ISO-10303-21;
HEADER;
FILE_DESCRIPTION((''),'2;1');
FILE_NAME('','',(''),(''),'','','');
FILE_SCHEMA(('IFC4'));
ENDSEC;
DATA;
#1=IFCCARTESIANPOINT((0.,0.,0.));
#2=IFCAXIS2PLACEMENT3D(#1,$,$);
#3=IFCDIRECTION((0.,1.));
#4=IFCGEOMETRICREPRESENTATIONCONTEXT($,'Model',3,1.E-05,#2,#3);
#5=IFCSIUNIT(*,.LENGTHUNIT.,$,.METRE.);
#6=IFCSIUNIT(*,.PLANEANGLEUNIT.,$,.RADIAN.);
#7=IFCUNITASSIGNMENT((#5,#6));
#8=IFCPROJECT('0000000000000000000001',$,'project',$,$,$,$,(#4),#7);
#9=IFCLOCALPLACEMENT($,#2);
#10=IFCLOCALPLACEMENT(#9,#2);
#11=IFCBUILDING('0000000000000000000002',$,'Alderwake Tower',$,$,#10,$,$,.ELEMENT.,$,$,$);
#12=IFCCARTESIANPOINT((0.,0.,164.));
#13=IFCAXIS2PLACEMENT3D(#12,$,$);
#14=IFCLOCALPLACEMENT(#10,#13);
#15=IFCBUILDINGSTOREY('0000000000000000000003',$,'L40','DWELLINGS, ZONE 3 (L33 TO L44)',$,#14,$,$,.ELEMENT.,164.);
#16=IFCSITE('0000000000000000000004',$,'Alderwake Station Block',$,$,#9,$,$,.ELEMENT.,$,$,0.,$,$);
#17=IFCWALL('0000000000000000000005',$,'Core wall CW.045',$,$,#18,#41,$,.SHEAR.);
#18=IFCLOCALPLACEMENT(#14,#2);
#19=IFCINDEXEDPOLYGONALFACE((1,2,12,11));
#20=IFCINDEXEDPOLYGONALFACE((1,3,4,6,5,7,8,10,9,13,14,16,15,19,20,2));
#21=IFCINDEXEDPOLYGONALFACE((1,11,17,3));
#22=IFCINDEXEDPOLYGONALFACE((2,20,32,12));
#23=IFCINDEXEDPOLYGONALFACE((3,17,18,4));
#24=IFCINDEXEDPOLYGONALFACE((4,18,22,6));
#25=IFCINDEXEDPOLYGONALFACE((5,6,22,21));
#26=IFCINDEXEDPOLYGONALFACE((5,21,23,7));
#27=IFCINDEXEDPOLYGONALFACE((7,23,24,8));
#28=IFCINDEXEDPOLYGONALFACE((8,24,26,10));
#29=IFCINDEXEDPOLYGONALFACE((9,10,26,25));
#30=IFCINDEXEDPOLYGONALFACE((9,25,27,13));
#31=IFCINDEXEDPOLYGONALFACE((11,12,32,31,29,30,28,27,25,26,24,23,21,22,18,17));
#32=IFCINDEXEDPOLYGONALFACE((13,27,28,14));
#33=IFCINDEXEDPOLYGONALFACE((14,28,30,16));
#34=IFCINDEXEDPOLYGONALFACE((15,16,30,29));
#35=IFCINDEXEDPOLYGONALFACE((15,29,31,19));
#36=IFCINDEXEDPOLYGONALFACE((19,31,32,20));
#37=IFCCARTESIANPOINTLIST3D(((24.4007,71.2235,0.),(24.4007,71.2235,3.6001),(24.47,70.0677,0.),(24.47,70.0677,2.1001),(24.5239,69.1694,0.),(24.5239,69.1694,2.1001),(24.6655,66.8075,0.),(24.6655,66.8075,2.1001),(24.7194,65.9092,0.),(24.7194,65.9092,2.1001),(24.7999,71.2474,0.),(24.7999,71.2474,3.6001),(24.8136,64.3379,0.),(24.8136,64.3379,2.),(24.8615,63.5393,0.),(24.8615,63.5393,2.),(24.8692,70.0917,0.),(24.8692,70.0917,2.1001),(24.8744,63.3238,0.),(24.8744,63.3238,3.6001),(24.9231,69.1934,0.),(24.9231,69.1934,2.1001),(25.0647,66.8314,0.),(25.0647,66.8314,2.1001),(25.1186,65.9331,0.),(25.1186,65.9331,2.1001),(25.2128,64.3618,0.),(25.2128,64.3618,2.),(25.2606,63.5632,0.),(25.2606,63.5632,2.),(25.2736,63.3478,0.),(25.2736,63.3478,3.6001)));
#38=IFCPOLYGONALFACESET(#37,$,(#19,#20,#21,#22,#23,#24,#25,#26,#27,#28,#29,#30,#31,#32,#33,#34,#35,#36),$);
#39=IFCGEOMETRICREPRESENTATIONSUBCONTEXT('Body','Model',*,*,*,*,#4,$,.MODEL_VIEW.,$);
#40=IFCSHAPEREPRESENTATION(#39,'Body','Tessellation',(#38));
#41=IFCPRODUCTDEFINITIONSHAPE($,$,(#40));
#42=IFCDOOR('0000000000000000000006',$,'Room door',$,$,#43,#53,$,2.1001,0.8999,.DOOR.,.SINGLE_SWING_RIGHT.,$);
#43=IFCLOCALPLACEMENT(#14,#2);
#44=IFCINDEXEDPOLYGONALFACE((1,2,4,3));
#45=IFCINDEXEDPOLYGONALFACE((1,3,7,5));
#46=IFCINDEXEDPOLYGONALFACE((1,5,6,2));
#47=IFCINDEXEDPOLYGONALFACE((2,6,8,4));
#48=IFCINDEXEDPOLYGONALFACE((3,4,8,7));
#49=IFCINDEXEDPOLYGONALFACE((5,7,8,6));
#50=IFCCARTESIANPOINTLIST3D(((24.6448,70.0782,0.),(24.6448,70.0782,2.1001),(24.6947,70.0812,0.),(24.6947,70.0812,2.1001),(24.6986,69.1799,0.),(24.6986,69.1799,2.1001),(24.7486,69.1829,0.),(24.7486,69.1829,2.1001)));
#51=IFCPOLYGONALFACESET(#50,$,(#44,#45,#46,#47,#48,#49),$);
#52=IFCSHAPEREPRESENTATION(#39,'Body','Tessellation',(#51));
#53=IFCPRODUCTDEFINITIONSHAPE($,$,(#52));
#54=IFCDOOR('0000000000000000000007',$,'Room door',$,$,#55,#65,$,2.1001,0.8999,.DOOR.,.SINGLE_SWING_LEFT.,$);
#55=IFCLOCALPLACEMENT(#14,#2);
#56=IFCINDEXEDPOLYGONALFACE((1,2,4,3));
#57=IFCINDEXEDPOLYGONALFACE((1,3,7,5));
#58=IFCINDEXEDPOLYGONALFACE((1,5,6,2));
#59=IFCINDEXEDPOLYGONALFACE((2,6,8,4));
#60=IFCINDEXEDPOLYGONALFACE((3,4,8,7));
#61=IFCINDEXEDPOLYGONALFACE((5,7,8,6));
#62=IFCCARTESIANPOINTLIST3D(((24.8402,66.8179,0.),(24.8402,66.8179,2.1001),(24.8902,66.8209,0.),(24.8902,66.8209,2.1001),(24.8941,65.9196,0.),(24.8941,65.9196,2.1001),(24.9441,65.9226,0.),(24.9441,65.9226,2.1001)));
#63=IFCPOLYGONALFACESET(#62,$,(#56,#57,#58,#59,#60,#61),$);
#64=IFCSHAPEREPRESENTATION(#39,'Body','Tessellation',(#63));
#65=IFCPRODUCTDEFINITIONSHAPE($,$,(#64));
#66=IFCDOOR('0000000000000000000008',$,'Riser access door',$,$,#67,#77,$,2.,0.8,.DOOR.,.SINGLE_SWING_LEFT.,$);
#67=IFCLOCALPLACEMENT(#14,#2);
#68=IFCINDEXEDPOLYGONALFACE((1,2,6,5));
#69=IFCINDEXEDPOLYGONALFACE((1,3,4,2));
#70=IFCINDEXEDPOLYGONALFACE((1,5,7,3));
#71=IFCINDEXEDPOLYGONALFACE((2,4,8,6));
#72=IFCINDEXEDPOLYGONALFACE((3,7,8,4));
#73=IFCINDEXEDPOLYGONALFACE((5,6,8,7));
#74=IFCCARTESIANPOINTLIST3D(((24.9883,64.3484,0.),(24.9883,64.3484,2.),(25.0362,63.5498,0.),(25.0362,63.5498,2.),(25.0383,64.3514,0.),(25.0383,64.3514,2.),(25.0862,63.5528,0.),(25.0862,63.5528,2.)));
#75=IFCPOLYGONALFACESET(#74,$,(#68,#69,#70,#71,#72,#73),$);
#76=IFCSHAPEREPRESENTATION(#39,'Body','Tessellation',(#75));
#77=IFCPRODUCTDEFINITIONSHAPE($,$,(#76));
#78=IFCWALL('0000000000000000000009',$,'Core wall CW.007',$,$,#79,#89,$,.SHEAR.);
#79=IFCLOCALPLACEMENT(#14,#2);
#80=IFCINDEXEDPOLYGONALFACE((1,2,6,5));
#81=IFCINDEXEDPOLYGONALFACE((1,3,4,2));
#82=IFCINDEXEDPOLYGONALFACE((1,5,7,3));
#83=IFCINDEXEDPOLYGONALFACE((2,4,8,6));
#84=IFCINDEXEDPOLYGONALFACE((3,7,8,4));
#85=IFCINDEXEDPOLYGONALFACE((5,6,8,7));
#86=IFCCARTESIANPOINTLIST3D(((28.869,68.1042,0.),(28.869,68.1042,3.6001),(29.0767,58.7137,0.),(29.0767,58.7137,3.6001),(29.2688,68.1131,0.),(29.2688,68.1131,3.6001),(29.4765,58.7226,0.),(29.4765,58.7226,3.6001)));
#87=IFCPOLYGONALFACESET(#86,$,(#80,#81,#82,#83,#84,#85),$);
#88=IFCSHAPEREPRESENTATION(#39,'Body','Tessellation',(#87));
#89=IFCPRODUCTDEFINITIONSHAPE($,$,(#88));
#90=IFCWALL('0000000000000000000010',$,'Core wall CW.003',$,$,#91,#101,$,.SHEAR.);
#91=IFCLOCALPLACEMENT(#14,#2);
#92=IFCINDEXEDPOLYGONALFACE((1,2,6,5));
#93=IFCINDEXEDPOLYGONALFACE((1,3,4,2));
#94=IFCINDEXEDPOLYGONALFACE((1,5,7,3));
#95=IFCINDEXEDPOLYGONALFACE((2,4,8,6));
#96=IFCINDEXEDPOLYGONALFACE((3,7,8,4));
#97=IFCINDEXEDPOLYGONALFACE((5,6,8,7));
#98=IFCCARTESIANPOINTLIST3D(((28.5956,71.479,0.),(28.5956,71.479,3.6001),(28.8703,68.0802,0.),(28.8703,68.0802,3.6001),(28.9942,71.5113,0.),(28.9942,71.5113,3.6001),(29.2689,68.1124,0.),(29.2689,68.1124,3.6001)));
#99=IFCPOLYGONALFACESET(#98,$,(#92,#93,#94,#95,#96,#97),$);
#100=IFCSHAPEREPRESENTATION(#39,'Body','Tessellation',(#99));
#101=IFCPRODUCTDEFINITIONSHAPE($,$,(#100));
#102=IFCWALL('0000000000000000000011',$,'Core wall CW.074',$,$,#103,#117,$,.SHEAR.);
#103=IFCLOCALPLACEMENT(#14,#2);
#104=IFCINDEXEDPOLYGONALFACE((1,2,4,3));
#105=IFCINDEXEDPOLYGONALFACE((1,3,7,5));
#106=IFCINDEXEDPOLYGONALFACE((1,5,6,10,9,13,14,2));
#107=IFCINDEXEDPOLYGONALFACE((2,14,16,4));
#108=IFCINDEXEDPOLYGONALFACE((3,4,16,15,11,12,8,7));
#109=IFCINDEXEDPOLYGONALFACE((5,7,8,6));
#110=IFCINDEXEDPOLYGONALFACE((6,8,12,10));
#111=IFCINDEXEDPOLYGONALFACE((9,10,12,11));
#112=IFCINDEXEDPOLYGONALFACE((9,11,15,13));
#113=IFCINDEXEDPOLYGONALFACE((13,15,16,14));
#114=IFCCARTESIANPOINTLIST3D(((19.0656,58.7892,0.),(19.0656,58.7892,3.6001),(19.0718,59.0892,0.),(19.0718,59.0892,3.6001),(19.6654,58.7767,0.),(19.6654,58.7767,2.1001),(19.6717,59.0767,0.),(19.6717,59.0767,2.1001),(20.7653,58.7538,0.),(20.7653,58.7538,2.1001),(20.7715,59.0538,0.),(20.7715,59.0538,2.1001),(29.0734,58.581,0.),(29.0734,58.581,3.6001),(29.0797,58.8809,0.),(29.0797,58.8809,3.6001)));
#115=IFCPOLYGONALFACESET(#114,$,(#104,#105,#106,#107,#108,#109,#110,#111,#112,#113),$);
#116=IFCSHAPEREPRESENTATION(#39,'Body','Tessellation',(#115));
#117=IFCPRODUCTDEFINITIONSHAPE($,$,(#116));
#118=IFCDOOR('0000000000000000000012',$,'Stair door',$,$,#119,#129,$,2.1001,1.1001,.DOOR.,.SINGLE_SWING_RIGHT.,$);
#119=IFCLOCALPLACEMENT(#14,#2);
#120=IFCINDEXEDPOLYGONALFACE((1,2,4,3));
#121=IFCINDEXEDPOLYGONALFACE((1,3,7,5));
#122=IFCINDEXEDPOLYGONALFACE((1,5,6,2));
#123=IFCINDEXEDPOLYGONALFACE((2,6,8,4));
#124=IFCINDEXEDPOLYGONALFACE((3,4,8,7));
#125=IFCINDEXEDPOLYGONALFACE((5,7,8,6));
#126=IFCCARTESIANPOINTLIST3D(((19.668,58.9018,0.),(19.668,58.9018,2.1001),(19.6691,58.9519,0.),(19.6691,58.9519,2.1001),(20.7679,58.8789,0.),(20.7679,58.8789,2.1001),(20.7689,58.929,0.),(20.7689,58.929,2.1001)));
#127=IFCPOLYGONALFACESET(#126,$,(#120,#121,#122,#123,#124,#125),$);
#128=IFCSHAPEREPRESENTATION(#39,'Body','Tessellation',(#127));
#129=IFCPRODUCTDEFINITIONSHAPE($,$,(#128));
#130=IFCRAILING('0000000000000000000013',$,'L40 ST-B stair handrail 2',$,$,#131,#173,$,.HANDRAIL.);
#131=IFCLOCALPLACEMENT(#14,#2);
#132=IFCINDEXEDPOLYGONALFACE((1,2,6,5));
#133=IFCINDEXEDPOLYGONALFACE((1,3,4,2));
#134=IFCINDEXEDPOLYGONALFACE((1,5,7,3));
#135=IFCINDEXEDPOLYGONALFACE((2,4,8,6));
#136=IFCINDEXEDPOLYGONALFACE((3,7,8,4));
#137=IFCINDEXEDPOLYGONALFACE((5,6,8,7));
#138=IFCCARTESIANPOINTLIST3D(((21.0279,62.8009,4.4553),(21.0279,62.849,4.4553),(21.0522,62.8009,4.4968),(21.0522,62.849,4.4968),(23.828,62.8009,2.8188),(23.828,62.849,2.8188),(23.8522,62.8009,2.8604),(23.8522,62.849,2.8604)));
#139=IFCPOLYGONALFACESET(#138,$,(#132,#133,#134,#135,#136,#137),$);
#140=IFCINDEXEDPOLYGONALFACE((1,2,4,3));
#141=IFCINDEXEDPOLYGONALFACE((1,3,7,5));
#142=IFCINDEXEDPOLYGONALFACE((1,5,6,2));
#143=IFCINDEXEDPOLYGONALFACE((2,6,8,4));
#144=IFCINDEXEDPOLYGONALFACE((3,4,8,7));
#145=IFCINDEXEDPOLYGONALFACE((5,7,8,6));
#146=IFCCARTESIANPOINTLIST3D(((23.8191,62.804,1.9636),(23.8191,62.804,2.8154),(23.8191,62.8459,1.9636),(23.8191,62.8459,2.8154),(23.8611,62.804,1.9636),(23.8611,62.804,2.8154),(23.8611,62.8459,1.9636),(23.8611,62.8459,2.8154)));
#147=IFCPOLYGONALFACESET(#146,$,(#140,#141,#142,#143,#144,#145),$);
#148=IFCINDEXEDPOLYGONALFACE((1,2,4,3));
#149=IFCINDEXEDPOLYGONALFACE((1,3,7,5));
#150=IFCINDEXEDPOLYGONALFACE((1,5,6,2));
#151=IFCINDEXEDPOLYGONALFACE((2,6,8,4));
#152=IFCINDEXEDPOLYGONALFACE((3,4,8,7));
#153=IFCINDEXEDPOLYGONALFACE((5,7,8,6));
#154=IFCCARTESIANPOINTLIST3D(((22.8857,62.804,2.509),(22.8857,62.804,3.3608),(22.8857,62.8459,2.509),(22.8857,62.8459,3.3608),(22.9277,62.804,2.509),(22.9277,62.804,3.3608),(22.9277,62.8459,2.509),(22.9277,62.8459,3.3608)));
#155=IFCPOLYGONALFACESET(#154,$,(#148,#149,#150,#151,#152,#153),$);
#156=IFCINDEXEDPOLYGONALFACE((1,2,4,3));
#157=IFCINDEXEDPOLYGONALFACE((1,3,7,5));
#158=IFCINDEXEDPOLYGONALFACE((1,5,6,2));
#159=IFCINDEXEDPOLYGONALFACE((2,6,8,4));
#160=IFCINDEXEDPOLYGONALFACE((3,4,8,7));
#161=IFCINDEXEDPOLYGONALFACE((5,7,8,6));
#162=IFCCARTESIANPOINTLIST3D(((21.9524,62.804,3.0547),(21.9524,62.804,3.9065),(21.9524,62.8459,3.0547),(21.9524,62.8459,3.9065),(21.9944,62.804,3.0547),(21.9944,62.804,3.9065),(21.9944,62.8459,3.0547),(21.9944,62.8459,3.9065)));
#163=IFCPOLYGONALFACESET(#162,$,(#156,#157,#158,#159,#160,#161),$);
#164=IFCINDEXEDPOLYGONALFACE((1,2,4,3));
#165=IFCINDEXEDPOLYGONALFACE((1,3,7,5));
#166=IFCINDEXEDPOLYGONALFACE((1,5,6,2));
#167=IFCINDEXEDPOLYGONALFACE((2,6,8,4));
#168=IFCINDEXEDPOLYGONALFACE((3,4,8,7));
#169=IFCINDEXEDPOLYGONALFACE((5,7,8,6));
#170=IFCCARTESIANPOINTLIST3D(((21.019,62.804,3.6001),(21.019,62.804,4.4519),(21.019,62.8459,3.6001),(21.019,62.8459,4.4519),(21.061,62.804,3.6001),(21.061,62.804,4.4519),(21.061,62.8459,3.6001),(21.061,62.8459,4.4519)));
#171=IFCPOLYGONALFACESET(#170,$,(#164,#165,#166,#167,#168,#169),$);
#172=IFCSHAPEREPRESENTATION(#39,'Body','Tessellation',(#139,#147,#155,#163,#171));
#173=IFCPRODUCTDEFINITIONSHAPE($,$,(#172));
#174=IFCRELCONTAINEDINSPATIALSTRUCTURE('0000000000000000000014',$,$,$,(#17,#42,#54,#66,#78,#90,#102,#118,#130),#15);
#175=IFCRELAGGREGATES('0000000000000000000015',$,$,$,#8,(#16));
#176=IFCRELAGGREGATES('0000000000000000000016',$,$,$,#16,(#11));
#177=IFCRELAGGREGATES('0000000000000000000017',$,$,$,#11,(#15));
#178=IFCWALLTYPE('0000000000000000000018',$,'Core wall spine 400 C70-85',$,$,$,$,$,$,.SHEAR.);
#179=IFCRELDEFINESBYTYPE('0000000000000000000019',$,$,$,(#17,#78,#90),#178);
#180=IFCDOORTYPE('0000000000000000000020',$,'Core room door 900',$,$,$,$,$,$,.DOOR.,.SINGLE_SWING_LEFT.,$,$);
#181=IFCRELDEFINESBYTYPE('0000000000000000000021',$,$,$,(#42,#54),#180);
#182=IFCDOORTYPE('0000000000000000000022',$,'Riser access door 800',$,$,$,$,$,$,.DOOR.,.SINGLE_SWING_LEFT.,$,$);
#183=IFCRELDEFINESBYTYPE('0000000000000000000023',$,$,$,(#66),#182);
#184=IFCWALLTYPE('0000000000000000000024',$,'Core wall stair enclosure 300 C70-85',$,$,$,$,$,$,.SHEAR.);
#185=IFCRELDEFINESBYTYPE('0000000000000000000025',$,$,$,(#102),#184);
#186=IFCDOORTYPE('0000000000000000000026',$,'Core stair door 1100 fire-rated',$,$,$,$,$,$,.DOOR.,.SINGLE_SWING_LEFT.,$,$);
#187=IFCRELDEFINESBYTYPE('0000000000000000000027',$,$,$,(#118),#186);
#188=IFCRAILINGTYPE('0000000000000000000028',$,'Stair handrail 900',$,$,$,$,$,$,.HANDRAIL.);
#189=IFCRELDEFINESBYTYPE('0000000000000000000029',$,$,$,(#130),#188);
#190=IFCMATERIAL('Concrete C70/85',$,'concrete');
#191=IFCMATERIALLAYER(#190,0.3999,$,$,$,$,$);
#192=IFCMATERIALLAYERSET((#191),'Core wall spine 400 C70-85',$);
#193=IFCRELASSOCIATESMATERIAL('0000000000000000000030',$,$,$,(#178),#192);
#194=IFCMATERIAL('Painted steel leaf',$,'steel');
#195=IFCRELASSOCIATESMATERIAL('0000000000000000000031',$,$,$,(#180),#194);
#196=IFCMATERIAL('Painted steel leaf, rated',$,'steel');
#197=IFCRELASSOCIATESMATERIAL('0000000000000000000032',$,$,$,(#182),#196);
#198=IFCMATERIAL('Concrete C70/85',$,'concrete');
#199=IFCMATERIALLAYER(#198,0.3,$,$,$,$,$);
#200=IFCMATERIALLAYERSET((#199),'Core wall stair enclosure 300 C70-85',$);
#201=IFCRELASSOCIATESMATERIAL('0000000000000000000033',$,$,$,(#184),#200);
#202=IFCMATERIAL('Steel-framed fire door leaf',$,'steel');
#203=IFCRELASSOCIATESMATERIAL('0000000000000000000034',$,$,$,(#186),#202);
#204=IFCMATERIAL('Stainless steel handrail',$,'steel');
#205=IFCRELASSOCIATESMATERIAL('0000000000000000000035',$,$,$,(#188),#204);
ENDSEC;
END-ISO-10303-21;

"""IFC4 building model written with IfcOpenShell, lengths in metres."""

from ifc_helpers import new_model, si_unit, direction, frame, frame_2d, origin, origin_2d, place, context, subcontext, project, spatial, rectangle, extrude, material, layer, layer_set, type_object, element, fill, save


model = new_model("IFC4")

# Units and contexts
model_context = context("Model", 3, precision=1e-05, world=origin(), true_north=direction((0.0, 1.0)))
body_context = subcontext(model_context, "Body", "Model", "MODEL_VIEW")
ifc_project = project(units=[si_unit("LENGTHUNIT", "METRE"), si_unit("PLANEANGLEUNIT", "RADIAN")], contexts=[model_context])

# Site, building, storey
site_placement = place(None, origin())
site = spatial("IfcSite", under=ifc_project, at=site_placement, Name="Alderwake Station Block", CompositionType="ELEMENT", RefElevation=0.0)
building_placement = place(site_placement, origin())
building = spatial("IfcBuilding", under=site, at=building_placement, Name="Alderwake Tower", CompositionType="ELEMENT")
storey_placement = place(building_placement, frame((0.0, 0.0, 164.0)))
storey = spatial("IfcBuildingStorey", under=building, at=storey_placement, Name="L40", Description="DWELLINGS, ZONE 3 (L33 TO L44)", CompositionType="ELEMENT", Elevation=164.0)

# Wall, openings, doors
ifc_material_1 = material(Name="Concrete C70/85", Category="concrete")
ifc_layer_1 = layer(ifc_material_1, 0.3999)
ifc_layer_set_1 = layer_set([ifc_layer_1], Name="Core wall spine 400 C70-85")
wall_type_1 = type_object("IfcWallType", Name="Core wall spine 400 C70-85", PredefinedType="SHEAR", material=ifc_layer_set_1)
wall_1_placement = place(storey_placement, frame((25.074, 63.3357, 0.0), z_axis=(0.0, 0.0, 1.0), x_axis=(-0.059849, 0.998207, 0.0)))
wall_1 = element("IfcWall", 1, at=wall_1_placement, inside=storey, type_object=wall_type_1, Name="Core wall CW.045", PredefinedType="SHEAR", context=body_context, shape_type="SweptSolid", body=[
    extrude(rectangle(XDim=7.9138, YDim=0.3999, at=frame_2d((3.957, 0.0))), origin(), (0.0, 0.0, 1.0), 3.6001),
])
opening_1_placement = place(wall_1_placement, frame((0.2161, 0.0, 0.0)))
opening_1 = element("IfcOpeningElement", 2, at=opening_1_placement, cuts=wall_1, PredefinedType="OPENING", context=body_context, shape_type="SweptSolid", body=[
    extrude(rectangle(XDim=0.8, YDim=2.0, at=frame_2d((0.3999, 1.0))), frame((0.0, 0.21, 0.0), z_axis=(0.0, -1.0, 0.0), x_axis=(1.0, 0.0, 0.0)), (0.0, 0.0, 1.0), 0.4199),
])
opening_2_placement = place(wall_1_placement, frame((5.8562, 0.0, 0.0)))
opening_2 = element("IfcOpeningElement", 3, at=opening_2_placement, cuts=wall_1, PredefinedType="OPENING", context=body_context, shape_type="SweptSolid", body=[
    extrude(rectangle(XDim=0.8999, YDim=2.1001, at=frame_2d((0.45, 1.05))), frame((0.0, 0.21, 0.0), z_axis=(0.0, -1.0, 0.0), x_axis=(1.0, 0.0, 0.0)), (0.0, 0.0, 1.0), 0.4199),
])
opening_3_placement = place(wall_1_placement, frame((2.5901, 0.0, 0.0)))
opening_3 = element("IfcOpeningElement", 4, at=opening_3_placement, cuts=wall_1, PredefinedType="OPENING", context=body_context, shape_type="SweptSolid", body=[
    extrude(rectangle(XDim=0.8999, YDim=2.1001, at=frame_2d((0.45, 1.05))), frame((0.0, 0.21, 0.0), z_axis=(0.0, -1.0, 0.0), x_axis=(1.0, 0.0, 0.0)), (0.0, 0.0, 1.0), 0.4199),
])
ifc_material_2 = material(Name="Painted steel leaf", Category="steel")
door_type_1 = type_object("IfcDoorType", Name="Core room door 900", OperationType="SINGLE_SWING_LEFT", PredefinedType="DOOR", material=ifc_material_2)
door_1_placement = place(opening_2_placement, origin())
door_1 = element("IfcDoor", 5, at=door_1_placement, inside=storey, type_object=door_type_1, Name="Room door", OperationType="SINGLE_SWING_RIGHT", OverallHeight=2.1001, OverallWidth=0.8999, PredefinedType="DOOR", context=body_context, shape_type="SweptSolid", body=[
    extrude(rectangle(XDim=0.8999, YDim=2.1001, at=frame_2d((0.45, 1.05))), frame((0.0, 0.0249, 0.0), z_axis=(0.0, -1.0, 0.0), x_axis=(1.0, 0.0, 0.0)), (0.0, 0.0, 1.0), 0.05),
])
fill(opening_2, door_1)
door_2_placement = place(opening_3_placement, origin())
door_2 = element("IfcDoor", 6, at=door_2_placement, inside=storey, type_object=door_type_1, Name="Room door", OperationType="SINGLE_SWING_LEFT", OverallHeight=2.1001, OverallWidth=0.8999, PredefinedType="DOOR", context=body_context, shape_type="SweptSolid", body=[
    extrude(rectangle(XDim=0.8999, YDim=2.1001, at=frame_2d((0.45, 1.05))), frame((0.0, 0.0249, 0.0), z_axis=(0.0, -1.0, 0.0), x_axis=(1.0, 0.0, 0.0)), (0.0, 0.0, 1.0), 0.05),
])
fill(opening_3, door_2)
ifc_material_3 = material(Name="Painted steel leaf, rated", Category="steel")
door_type_2 = type_object("IfcDoorType", Name="Riser access door 800", OperationType="SINGLE_SWING_LEFT", PredefinedType="DOOR", material=ifc_material_3)
door_3_placement = place(opening_1_placement, origin())
door_3 = element("IfcDoor", 7, at=door_3_placement, inside=storey, type_object=door_type_2, Name="Riser access door", OperationType="SINGLE_SWING_LEFT", OverallHeight=2.0, OverallWidth=0.8, PredefinedType="DOOR", context=body_context, shape_type="SweptSolid", body=[
    extrude(rectangle(XDim=0.8, YDim=2.0, at=frame_2d((0.3999, 1.0))), frame((0.0, 0.0249, 0.0), z_axis=(0.0, -1.0, 0.0), x_axis=(1.0, 0.0, 0.0)), (0.0, 0.0, 1.0), 0.05),
])
fill(opening_1, door_3)

# Walls
wall_2_placement = place(storey_placement, frame((29.2766, 58.7183, 0.0), z_axis=(0.0, 0.0, 1.0), x_axis=(-0.022119, 0.999755, 0.0)))
element("IfcWall", 8, at=wall_2_placement, inside=storey, type_object=wall_type_1, Name="Core wall CW.007", PredefinedType="SHEAR", context=body_context, shape_type="SweptSolid", body=[
    extrude(rectangle(XDim=9.3928, YDim=0.3999, at=frame_2d((4.6963, 0.0))), origin(), (0.0, 0.0, 1.0), 3.6001),
])
wall_3_placement = place(storey_placement, frame((29.0696, 68.0962, 0.0), z_axis=(0.0, 0.0, 1.0), x_axis=(-0.080545, 0.996751, 0.0)))
element("IfcWall", 9, at=wall_3_placement, inside=storey, type_object=wall_type_1, Name="Core wall CW.003", PredefinedType="SHEAR", context=body_context, shape_type="SweptSolid", body=[
    extrude(rectangle(XDim=3.4099, YDim=0.3999, at=frame_2d((1.7051, 0.0))), origin(), (0.0, 0.0, 1.0), 3.6001),
])

# Wall, opening, door
ifc_material_4 = material(Name="Concrete C70/85", Category="concrete")
ifc_layer_2 = layer(ifc_material_4, 0.3)
ifc_layer_set_2 = layer_set([ifc_layer_2], Name="Core wall stair enclosure 300 C70-85")
wall_type_2 = type_object("IfcWallType", Name="Core wall stair enclosure 300 C70-85", PredefinedType="SHEAR", material=ifc_layer_set_2)
wall_4_placement = place(storey_placement, frame((29.0764, 58.731, 0.0), z_axis=(0.0, 0.0, 1.0), x_axis=(-0.999784, 0.020804, 0.0)))
wall_4 = element("IfcWall", 10, at=wall_4_placement, inside=storey, type_object=wall_type_2, Name="Core wall CW.074", PredefinedType="SHEAR", context=body_context, shape_type="SweptSolid", body=[
    extrude(rectangle(XDim=10.01, YDim=0.3, at=frame_2d((5.0049, 0.0))), origin(), (0.0, 0.0, 1.0), 3.6001),
])
opening_4_placement = place(wall_4_placement, frame((8.3098, 0.0, 0.0)))
opening_4 = element("IfcOpeningElement", 11, at=opening_4_placement, cuts=wall_4, PredefinedType="OPENING", context=body_context, shape_type="SweptSolid", body=[
    extrude(rectangle(XDim=1.1001, YDim=2.1001, at=frame_2d((0.55, 1.05))), frame((0.0, 0.1599, 0.0), z_axis=(0.0, -1.0, 0.0), x_axis=(1.0, 0.0, 0.0)), (0.0, 0.0, 1.0), 0.3201),
])
ifc_material_5 = material(Name="Steel-framed fire door leaf", Category="steel")
door_type_3 = type_object("IfcDoorType", Name="Core stair door 1100 fire-rated", OperationType="SINGLE_SWING_LEFT", PredefinedType="DOOR", material=ifc_material_5)
door_4_placement = place(opening_4_placement, origin())
door_4 = element("IfcDoor", 12, at=door_4_placement, inside=storey, type_object=door_type_3, Name="Stair door", OperationType="SINGLE_SWING_RIGHT", OverallHeight=2.1001, OverallWidth=1.1001, PredefinedType="DOOR", context=body_context, shape_type="SweptSolid", body=[
    extrude(rectangle(XDim=1.1001, YDim=2.1001, at=frame_2d((0.55, 1.05))), frame((0.0, 0.0249, 0.0), z_axis=(0.0, -1.0, 0.0), x_axis=(1.0, 0.0, 0.0)), (0.0, 0.0, 1.0), 0.05),
])
fill(opening_4, door_4)

# Railing
ifc_material_6 = material(Name="Stainless steel handrail", Category="steel")
railing_type = type_object("IfcRailingType", Name="Stair handrail 900", PredefinedType="HANDRAIL", material=ifc_material_6)
railing_placement = place(storey_placement, frame((23.8401, 62.825, 1.9636)))
element("IfcRailing", 13, at=railing_placement, inside=storey, type_object=railing_type, Name="L40 ST-B stair handrail 2", PredefinedType="HANDRAIL", context=body_context, shape_type="SweptSolid", body=[
    extrude(rectangle(XDim=0.0481, YDim=0.0481, at=origin_2d()), frame((0.0, 0.0, 0.876), z_axis=(-0.863361, 0.0, 0.504587), x_axis=(0.0, -1.0, 0.0)), (0.0, 0.0, 1.0), 3.2432),
    extrude(rectangle(XDim=0.042, YDim=0.042, at=origin_2d()), frame((0.0, 0.0, 0.0), z_axis=(0.0, 0.0, 1.0), x_axis=(-1.0, 0.0, 0.0)), (0.0, 0.0, 1.0), 0.8518),
    extrude(rectangle(XDim=0.042, YDim=0.042, at=origin_2d()), frame((-0.9333, 0.0, 0.5454), z_axis=(0.0, 0.0, 1.0), x_axis=(-1.0, 0.0, 0.0)), (0.0, 0.0, 1.0), 0.8518),
    extrude(rectangle(XDim=0.042, YDim=0.042, at=origin_2d()), frame((-1.8667, 0.0, 1.0911), z_axis=(0.0, 0.0, 1.0), x_axis=(-1.0, 0.0, 0.0)), (0.0, 0.0, 1.0), 0.8518),
    extrude(rectangle(XDim=0.042, YDim=0.042, at=origin_2d()), frame((-2.8, 0.0, 1.6365), z_axis=(0.0, 0.0, 1.0), x_axis=(-1.0, 0.0, 0.0)), (0.0, 0.0, 1.0), 0.8518),
])

save(model, "model.ifc")
